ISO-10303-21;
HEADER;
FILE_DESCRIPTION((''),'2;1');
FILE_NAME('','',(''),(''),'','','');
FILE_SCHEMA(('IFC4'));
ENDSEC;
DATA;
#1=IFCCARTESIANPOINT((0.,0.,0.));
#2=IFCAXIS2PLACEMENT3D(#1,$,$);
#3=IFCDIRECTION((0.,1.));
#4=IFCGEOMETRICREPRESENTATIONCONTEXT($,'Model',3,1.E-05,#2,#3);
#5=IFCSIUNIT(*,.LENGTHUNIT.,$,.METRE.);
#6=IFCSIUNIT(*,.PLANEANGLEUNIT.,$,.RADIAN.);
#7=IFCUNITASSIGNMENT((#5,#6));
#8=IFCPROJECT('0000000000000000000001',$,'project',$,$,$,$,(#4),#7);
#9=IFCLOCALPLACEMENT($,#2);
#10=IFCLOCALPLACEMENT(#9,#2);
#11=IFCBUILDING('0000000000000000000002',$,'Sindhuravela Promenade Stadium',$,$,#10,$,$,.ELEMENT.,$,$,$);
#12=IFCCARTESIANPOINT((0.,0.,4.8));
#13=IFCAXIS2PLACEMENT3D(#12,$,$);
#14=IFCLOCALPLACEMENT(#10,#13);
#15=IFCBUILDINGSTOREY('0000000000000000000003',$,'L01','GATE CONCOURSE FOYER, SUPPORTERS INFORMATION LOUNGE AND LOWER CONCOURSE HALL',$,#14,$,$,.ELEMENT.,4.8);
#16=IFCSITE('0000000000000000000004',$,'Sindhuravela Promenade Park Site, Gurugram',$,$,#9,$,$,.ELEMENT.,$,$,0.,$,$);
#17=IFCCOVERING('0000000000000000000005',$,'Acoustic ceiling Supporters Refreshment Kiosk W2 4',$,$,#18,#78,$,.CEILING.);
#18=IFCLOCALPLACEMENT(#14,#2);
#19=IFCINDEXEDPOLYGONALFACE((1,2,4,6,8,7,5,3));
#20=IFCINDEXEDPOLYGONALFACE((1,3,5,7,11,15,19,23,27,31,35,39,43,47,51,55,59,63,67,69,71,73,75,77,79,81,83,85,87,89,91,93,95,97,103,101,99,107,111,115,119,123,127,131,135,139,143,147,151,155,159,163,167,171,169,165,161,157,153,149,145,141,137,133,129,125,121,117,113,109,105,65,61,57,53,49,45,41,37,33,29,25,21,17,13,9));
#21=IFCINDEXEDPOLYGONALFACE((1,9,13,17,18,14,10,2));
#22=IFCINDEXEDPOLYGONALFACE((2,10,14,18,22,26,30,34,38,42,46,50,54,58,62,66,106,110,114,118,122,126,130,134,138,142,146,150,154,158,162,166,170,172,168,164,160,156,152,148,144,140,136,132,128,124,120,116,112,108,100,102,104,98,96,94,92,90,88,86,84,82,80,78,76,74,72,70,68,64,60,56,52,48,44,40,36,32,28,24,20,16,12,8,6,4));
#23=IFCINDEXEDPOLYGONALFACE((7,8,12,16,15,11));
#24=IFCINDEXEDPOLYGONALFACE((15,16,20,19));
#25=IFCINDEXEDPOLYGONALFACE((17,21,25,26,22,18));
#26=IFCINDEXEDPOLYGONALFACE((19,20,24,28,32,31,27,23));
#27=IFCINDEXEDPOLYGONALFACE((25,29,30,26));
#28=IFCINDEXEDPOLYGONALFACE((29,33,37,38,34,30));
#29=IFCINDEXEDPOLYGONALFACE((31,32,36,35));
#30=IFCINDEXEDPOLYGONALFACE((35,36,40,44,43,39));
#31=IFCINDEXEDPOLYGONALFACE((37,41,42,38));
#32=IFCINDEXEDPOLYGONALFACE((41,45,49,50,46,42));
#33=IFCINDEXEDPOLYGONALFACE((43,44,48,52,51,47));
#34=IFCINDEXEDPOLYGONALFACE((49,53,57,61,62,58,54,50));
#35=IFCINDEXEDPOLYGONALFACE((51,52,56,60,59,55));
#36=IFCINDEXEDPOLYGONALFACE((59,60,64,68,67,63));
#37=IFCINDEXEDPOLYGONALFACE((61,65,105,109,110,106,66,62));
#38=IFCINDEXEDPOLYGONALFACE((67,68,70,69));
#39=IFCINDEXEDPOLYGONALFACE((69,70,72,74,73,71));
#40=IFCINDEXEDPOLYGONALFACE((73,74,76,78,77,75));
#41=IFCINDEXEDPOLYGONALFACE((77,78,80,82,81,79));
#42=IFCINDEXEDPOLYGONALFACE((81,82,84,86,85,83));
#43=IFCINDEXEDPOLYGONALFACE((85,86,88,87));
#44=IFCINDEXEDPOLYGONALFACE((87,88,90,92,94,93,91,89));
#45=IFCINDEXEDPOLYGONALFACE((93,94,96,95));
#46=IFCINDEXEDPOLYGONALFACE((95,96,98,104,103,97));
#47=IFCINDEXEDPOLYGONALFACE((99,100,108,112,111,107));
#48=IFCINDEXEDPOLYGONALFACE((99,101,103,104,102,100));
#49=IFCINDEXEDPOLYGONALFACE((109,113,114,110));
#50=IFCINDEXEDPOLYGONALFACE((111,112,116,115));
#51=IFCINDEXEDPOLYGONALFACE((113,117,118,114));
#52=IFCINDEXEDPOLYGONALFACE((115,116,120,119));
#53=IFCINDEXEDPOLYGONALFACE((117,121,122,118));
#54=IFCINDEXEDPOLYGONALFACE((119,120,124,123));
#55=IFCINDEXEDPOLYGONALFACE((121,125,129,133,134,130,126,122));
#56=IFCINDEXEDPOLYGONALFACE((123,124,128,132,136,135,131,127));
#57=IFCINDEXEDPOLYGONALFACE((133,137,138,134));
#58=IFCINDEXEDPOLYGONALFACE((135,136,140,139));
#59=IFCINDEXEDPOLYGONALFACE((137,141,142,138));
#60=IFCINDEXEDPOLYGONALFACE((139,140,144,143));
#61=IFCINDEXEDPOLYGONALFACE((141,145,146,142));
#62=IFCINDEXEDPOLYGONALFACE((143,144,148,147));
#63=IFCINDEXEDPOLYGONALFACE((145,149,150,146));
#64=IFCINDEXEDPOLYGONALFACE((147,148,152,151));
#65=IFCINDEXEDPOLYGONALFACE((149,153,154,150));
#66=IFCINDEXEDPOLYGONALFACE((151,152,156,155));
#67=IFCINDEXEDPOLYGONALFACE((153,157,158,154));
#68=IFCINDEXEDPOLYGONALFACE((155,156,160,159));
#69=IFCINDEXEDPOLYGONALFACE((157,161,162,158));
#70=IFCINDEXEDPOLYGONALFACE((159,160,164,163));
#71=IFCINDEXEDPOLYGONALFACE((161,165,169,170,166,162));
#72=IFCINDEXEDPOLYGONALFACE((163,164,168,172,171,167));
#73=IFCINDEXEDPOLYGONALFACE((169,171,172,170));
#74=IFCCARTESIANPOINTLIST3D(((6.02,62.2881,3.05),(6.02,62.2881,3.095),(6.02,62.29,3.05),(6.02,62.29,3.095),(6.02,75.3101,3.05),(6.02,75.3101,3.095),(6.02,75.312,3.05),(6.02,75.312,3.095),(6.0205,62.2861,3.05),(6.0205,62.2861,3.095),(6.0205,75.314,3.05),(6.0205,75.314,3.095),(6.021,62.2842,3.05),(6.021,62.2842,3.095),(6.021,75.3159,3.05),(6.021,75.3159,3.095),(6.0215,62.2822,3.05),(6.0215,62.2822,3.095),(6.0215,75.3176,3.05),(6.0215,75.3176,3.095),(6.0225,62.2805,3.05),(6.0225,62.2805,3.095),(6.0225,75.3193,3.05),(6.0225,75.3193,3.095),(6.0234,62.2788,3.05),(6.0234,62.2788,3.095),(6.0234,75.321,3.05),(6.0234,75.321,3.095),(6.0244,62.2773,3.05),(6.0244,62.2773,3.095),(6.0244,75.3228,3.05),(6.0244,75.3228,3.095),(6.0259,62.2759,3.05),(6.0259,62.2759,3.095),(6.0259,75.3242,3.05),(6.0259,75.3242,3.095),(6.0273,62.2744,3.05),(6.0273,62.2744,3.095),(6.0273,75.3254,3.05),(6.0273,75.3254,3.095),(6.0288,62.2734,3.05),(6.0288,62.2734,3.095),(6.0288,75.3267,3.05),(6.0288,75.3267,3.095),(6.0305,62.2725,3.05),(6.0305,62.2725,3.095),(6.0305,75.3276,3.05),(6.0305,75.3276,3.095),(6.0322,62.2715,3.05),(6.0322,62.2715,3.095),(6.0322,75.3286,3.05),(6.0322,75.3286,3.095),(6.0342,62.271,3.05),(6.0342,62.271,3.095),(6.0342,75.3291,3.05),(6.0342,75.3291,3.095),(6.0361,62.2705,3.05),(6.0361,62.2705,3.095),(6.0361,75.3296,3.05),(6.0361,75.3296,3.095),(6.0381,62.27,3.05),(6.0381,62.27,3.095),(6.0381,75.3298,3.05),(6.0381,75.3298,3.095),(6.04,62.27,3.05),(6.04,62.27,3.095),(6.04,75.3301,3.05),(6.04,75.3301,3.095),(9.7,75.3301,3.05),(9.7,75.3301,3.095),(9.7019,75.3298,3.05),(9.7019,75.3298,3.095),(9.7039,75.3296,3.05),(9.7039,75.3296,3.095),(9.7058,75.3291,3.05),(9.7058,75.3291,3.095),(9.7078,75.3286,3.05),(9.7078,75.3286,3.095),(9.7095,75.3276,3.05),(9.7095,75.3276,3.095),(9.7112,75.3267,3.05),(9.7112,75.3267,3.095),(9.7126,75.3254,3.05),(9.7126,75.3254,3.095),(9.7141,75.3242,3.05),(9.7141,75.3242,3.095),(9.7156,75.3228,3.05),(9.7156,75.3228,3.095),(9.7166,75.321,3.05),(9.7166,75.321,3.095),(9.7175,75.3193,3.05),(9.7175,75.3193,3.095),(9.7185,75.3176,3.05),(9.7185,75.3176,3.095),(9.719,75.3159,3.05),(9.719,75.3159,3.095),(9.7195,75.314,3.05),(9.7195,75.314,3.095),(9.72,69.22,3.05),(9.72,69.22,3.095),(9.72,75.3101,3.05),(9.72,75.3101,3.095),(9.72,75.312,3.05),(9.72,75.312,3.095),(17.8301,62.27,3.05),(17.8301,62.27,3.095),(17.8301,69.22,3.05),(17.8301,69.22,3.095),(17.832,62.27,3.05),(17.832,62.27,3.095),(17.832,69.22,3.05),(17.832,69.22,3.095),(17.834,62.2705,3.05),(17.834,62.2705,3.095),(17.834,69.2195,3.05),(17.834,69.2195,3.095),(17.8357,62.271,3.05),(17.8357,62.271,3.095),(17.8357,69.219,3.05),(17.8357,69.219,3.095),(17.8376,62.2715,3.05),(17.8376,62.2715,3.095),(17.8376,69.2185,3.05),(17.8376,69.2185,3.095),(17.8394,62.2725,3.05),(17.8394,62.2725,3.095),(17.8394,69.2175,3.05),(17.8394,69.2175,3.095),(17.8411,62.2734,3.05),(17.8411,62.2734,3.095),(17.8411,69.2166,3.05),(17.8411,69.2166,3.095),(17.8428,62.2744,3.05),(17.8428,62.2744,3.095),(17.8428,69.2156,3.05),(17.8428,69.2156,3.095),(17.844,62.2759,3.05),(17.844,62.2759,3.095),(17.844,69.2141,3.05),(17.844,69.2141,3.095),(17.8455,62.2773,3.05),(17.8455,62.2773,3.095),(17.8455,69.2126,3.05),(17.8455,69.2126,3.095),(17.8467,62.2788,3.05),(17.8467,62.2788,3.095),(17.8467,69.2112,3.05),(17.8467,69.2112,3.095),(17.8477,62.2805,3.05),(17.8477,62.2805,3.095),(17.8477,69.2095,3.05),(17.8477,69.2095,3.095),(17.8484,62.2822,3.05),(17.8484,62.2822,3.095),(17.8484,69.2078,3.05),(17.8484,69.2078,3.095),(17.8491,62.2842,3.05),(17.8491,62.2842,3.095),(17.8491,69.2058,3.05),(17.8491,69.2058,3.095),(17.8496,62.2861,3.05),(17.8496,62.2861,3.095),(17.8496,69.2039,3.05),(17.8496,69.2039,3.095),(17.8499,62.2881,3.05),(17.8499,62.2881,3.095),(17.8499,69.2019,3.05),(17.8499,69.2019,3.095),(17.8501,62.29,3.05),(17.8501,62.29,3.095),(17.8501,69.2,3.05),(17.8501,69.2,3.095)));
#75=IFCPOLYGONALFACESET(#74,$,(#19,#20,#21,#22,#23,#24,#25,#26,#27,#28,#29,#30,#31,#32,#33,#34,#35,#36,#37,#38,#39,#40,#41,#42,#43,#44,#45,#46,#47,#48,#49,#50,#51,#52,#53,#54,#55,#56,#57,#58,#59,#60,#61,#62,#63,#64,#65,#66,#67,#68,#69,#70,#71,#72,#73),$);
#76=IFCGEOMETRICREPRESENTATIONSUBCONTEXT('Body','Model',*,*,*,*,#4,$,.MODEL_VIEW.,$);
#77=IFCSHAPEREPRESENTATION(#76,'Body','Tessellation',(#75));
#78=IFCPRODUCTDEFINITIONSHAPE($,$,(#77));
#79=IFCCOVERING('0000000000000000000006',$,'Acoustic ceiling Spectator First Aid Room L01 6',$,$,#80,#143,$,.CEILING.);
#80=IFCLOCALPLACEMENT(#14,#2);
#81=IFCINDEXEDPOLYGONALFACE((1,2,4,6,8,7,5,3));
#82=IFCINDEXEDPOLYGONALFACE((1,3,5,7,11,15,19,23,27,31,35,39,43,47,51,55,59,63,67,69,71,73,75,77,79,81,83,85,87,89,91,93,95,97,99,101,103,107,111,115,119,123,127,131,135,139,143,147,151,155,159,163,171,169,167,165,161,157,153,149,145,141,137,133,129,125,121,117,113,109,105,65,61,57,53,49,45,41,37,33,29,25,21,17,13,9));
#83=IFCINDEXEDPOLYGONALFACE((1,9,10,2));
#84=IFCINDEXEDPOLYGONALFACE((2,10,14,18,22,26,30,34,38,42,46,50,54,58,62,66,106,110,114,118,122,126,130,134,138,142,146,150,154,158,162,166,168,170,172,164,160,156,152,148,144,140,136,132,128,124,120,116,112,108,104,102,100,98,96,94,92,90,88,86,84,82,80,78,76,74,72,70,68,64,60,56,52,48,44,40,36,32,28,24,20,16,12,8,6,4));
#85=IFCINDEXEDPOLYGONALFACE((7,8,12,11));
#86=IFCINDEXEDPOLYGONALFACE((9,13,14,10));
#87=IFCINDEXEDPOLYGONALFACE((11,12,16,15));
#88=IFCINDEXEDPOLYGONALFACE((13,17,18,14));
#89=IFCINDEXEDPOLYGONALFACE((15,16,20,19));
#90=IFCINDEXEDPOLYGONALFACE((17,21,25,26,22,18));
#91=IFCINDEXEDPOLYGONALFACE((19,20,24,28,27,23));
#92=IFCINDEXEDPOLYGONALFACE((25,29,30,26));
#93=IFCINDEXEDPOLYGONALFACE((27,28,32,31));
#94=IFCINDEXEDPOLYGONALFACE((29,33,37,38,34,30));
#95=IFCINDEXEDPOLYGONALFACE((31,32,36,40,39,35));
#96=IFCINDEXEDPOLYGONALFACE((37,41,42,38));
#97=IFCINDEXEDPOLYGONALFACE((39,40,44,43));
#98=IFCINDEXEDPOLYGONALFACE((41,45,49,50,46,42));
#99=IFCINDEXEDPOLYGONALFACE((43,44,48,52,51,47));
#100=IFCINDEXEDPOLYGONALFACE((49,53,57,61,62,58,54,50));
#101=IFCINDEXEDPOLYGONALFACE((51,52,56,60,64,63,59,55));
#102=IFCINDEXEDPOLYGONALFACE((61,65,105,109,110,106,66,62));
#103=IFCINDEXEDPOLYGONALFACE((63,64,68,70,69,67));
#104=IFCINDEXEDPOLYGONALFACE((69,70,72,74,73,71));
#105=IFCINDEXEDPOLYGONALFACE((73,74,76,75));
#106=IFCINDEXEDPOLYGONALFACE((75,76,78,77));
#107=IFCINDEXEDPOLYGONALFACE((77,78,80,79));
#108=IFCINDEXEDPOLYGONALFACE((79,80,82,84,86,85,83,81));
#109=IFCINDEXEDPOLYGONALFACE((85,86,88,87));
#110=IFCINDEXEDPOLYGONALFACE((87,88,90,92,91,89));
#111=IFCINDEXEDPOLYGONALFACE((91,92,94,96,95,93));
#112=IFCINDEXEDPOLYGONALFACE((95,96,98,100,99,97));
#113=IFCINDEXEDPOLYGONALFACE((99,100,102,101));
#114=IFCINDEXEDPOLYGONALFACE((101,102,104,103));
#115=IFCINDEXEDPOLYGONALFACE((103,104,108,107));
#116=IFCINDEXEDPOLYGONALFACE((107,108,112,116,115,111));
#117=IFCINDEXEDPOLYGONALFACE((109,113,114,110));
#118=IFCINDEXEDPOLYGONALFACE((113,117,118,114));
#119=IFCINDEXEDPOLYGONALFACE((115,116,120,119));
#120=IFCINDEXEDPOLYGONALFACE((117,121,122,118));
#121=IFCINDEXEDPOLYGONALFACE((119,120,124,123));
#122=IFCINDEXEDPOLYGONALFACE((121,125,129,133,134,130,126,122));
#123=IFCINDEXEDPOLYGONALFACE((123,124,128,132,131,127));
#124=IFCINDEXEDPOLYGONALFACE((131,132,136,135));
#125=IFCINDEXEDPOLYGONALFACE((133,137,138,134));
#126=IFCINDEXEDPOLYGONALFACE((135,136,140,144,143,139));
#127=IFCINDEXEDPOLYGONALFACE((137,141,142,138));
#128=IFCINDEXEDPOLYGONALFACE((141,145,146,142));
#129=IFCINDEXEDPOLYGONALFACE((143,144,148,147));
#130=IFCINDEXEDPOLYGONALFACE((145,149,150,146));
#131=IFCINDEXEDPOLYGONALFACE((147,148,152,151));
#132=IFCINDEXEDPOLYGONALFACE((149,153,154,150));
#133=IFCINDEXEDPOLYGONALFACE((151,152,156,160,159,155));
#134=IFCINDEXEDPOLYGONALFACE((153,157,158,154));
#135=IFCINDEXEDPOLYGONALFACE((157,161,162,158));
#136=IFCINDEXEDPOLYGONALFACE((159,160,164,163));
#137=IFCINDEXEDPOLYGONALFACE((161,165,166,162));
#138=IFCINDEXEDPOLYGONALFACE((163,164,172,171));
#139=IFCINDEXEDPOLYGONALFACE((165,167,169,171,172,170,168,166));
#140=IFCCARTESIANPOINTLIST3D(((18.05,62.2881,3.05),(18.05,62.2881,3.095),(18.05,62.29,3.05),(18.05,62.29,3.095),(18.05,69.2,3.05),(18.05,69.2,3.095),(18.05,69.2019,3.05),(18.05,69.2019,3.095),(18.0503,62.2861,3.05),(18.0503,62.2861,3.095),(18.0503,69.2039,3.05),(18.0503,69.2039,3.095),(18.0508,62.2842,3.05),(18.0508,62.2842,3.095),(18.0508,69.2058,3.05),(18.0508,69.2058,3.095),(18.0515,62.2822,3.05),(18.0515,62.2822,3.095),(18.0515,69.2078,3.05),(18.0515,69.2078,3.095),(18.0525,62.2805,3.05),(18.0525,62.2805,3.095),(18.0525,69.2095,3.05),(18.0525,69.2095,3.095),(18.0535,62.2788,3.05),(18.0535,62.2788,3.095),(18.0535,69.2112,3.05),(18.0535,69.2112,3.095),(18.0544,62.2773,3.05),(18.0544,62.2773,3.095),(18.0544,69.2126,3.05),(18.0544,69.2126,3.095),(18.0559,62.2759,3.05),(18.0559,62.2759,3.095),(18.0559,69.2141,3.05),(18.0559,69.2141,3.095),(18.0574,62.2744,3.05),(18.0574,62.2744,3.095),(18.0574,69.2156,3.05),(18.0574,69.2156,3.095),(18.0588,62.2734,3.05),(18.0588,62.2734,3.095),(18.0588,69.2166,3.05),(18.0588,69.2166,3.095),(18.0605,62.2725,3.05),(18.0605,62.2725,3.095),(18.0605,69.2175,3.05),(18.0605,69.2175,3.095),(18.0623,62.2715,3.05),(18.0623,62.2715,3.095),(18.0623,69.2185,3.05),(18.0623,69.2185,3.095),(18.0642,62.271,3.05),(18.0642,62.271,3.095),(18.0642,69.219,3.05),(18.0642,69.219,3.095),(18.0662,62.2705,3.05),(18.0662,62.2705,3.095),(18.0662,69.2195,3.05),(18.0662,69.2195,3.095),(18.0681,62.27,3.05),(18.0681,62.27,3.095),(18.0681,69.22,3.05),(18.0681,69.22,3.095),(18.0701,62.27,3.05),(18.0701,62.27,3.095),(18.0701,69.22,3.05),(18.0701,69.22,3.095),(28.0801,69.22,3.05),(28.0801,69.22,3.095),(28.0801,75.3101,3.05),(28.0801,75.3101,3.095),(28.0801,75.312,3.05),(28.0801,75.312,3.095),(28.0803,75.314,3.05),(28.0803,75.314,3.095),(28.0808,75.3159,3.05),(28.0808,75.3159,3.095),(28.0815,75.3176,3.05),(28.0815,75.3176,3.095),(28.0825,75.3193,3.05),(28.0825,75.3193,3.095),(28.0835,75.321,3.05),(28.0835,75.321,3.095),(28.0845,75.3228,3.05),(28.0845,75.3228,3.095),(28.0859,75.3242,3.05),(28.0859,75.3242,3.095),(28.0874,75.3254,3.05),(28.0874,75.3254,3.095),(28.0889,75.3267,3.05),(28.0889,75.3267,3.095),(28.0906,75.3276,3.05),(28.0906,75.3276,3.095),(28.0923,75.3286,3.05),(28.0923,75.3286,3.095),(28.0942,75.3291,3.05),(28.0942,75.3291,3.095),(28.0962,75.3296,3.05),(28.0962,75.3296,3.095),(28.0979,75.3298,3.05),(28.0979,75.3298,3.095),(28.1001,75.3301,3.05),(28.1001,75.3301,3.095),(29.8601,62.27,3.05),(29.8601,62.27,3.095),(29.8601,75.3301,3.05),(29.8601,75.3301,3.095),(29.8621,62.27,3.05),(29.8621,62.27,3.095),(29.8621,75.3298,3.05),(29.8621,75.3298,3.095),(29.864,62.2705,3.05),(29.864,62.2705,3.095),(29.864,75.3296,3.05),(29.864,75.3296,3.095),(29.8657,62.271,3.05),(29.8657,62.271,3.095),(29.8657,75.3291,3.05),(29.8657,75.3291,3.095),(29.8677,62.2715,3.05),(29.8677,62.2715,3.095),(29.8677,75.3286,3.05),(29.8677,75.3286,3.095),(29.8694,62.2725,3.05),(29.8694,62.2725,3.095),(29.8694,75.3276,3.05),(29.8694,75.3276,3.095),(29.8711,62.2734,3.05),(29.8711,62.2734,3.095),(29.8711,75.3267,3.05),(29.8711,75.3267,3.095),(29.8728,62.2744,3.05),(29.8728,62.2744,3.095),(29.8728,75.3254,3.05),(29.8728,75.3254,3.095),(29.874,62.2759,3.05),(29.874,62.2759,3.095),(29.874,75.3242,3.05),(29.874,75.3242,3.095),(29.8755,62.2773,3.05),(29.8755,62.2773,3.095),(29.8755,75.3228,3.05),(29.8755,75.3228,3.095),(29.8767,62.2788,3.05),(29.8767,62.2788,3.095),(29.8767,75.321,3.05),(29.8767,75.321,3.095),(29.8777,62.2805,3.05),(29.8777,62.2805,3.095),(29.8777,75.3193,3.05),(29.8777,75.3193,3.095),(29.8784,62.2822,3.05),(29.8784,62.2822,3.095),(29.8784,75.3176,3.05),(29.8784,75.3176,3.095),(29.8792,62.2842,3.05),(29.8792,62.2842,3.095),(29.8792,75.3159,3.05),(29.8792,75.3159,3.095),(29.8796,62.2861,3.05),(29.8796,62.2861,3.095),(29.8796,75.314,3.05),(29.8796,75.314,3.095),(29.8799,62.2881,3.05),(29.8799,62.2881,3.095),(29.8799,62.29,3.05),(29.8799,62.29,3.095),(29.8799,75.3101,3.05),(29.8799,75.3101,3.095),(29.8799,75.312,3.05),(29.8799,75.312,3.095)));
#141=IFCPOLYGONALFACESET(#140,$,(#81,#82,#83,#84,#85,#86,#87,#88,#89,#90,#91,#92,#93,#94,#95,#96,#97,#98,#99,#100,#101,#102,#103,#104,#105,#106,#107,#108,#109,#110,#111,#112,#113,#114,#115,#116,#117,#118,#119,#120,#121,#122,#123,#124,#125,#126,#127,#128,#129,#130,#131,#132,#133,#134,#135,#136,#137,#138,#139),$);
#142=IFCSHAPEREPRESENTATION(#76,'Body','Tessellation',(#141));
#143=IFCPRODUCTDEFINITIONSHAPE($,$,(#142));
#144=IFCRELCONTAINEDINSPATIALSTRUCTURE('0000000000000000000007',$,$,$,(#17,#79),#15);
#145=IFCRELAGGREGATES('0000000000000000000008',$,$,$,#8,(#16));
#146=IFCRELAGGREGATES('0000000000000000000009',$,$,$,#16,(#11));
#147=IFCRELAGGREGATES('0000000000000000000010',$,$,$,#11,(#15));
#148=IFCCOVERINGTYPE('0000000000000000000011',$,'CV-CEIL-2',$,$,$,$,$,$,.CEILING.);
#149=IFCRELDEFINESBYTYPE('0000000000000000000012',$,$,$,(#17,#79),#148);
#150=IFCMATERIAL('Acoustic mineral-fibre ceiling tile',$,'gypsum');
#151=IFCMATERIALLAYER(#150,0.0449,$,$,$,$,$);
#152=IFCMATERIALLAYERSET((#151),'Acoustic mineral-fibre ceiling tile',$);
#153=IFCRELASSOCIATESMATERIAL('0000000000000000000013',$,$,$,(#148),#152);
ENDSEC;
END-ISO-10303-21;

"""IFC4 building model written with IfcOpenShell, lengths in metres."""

from ifc_helpers import new_model, si_unit, direction, frame, origin, place, context, subcontext, project, spatial, polyline, outline, extrude, material, layer, layer_set, type_object, element, save


model = new_model("IFC4")

# Units and contexts
model_context = context("Model", 3, precision=1e-05, world=origin(), true_north=direction((0.0, 1.0)))
body_context = subcontext(model_context, "Body", "Model", "MODEL_VIEW")
ifc_project = project(units=[si_unit("LENGTHUNIT", "METRE"), si_unit("PLANEANGLEUNIT", "RADIAN")], contexts=[model_context])

# Site, building, storey
site_placement = place(None, origin())
site = spatial("IfcSite", under=ifc_project, at=site_placement, Name="Sindhuravela Promenade Park Site, Gurugram", CompositionType="ELEMENT", RefElevation=0.0)
building_placement = place(site_placement, origin())
building = spatial("IfcBuilding", under=site, at=building_placement, Name="Sindhuravela Promenade Stadium", CompositionType="ELEMENT")
storey_placement = place(building_placement, frame((0.0, 0.0, 4.8)))
storey = spatial("IfcBuildingStorey", under=building, at=storey_placement, Name="L01", Description="GATE CONCOURSE FOYER, SUPPORTERS INFORMATION LOUNGE AND LOWER CONCOURSE HALL", CompositionType="ELEMENT", Elevation=4.8)

# Coverings
ifc_material_1 = material(Name="Acoustic mineral-fibre ceiling tile", Category="gypsum")
ifc_layer_1 = layer(ifc_material_1, 0.0449)
ifc_layer_set_1 = layer_set([ifc_layer_1], Name="Acoustic mineral-fibre ceiling tile")
covering_type_1 = type_object("IfcCoveringType", Name="CV-CEIL-2", PredefinedType="CEILING", material=ifc_layer_set_1)
covering_1_placement = place(storey_placement, frame((0.0, 0.0, 3.05)))
element("IfcCovering", 1, at=covering_1_placement, inside=storey, type_object=covering_type_1, Name="Acoustic ceiling Supporters Refreshment Kiosk W2 4", PredefinedType="CEILING", context=body_context, shape_type="SweptSolid", body=[
    extrude(outline(polyline([(6.04, 62.27), (6.0381, 62.27), (6.0361, 62.2705), (6.0342, 62.271), (6.0322, 62.2715), (6.0305, 62.2725), (6.0288, 62.2734), (6.0273, 62.2744), (6.0259, 62.2759), (6.0244, 62.2773), (6.0234, 62.2788), (6.0225, 62.2805), (6.0215, 62.2822), (6.021, 62.2842), (6.0205, 62.2861), (6.02, 62.2881), (6.02, 62.29), (6.02, 75.3101), (6.02, 75.312), (6.0205, 75.314), (6.021, 75.3159), (6.0215, 75.3176), (6.0225, 75.3193), (6.0234, 75.321), (6.0244, 75.3228), (6.0259, 75.3242), (6.0273, 75.3254), (6.0288, 75.3267), (6.0305, 75.3276), (6.0322, 75.3286), (6.0342, 75.3291), (6.0361, 75.3296), (6.0381, 75.3298), (6.04, 75.3301), (9.7, 75.3301), (9.7019, 75.3298), (9.7039, 75.3296), (9.7058, 75.3291), (9.7078, 75.3286), (9.7095, 75.3276), (9.7112, 75.3267), (9.7126, 75.3254), (9.7141, 75.3242), (9.7156, 75.3228), (9.7166, 75.321), (9.7175, 75.3193), (9.7185, 75.3176), (9.719, 75.3159), (9.7195, 75.314), (9.72, 75.312), (9.72, 75.3101), (9.72, 69.22), (17.8301, 69.22), (17.832, 69.22), (17.834, 69.2195), (17.8357, 69.219), (17.8376, 69.2185), (17.8394, 69.2175), (17.8411, 69.2166), (17.8428, 69.2156), (17.844, 69.2141), (17.8455, 69.2126), (17.8467, 69.2112), (17.8477, 69.2095), (17.8484, 69.2078), (17.8491, 69.2058), (17.8496, 69.2039), (17.8499, 69.2019), (17.8501, 69.2), (17.8501, 62.29), (17.8499, 62.2881), (17.8496, 62.2861), (17.8491, 62.2842), (17.8484, 62.2822), (17.8477, 62.2805), (17.8467, 62.2788), (17.8455, 62.2773), (17.844, 62.2759), (17.8428, 62.2744), (17.8411, 62.2734), (17.8394, 62.2725), (17.8376, 62.2715), (17.8357, 62.271), (17.834, 62.2705), (17.832, 62.27), (17.8301, 62.27), (6.04, 62.27)])), origin(), (0.0, 0.0, 1.0), 0.0449),
])
covering_2_placement = place(storey_placement, frame((0.0, 0.0, 3.05)))
element("IfcCovering", 2, at=covering_2_placement, inside=storey, type_object=covering_type_1, Name="Acoustic ceiling Spectator First Aid Room L01 6", PredefinedType="CEILING", context=body_context, shape_type="SweptSolid", body=[
    extrude(outline(polyline([(28.0801, 75.3101), (28.0801, 75.312), (28.0803, 75.314), (28.0808, 75.3159), (28.0815, 75.3176), (28.0825, 75.3193), (28.0835, 75.321), (28.0845, 75.3228), (28.0859, 75.3242), (28.0874, 75.3254), (28.0889, 75.3267), (28.0906, 75.3276), (28.0923, 75.3286), (28.0942, 75.3291), (28.0962, 75.3296), (28.0979, 75.3298), (28.1001, 75.3301), (29.8601, 75.3301), (29.8621, 75.3298), (29.864, 75.3296), (29.8657, 75.3291), (29.8677, 75.3286), (29.8694, 75.3276), (29.8711, 75.3267), (29.8728, 75.3254), (29.874, 75.3242), (29.8755, 75.3228), (29.8767, 75.321), (29.8777, 75.3193), (29.8784, 75.3176), (29.8792, 75.3159), (29.8796, 75.314), (29.8799, 75.312), (29.8799, 75.3101), (29.8799, 62.29), (29.8799, 62.2881), (29.8796, 62.2861), (29.8792, 62.2842), (29.8784, 62.2822), (29.8777, 62.2805), (29.8767, 62.2788), (29.8755, 62.2773), (29.874, 62.2759), (29.8728, 62.2744), (29.8711, 62.2734), (29.8694, 62.2725), (29.8677, 62.2715), (29.8657, 62.271), (29.864, 62.2705), (29.8621, 62.27), (29.8601, 62.27), (18.0701, 62.27), (18.0681, 62.27), (18.0662, 62.2705), (18.0642, 62.271), (18.0623, 62.2715), (18.0605, 62.2725), (18.0588, 62.2734), (18.0574, 62.2744), (18.0559, 62.2759), (18.0544, 62.2773), (18.0535, 62.2788), (18.0525, 62.2805), (18.0515, 62.2822), (18.0508, 62.2842), (18.0503, 62.2861), (18.05, 62.2881), (18.05, 62.29), (18.05, 69.2), (18.05, 69.2019), (18.0503, 69.2039), (18.0508, 69.2058), (18.0515, 69.2078), (18.0525, 69.2095), (18.0535, 69.2112), (18.0544, 69.2126), (18.0559, 69.2141), (18.0574, 69.2156), (18.0588, 69.2166), (18.0605, 69.2175), (18.0623, 69.2185), (18.0642, 69.219), (18.0662, 69.2195), (18.0681, 69.22), (18.0701, 69.22), (28.0801, 69.22), (28.0801, 75.3101)])), origin(), (0.0, 0.0, 1.0), 0.0449),
])

save(model, "model.ifc")
